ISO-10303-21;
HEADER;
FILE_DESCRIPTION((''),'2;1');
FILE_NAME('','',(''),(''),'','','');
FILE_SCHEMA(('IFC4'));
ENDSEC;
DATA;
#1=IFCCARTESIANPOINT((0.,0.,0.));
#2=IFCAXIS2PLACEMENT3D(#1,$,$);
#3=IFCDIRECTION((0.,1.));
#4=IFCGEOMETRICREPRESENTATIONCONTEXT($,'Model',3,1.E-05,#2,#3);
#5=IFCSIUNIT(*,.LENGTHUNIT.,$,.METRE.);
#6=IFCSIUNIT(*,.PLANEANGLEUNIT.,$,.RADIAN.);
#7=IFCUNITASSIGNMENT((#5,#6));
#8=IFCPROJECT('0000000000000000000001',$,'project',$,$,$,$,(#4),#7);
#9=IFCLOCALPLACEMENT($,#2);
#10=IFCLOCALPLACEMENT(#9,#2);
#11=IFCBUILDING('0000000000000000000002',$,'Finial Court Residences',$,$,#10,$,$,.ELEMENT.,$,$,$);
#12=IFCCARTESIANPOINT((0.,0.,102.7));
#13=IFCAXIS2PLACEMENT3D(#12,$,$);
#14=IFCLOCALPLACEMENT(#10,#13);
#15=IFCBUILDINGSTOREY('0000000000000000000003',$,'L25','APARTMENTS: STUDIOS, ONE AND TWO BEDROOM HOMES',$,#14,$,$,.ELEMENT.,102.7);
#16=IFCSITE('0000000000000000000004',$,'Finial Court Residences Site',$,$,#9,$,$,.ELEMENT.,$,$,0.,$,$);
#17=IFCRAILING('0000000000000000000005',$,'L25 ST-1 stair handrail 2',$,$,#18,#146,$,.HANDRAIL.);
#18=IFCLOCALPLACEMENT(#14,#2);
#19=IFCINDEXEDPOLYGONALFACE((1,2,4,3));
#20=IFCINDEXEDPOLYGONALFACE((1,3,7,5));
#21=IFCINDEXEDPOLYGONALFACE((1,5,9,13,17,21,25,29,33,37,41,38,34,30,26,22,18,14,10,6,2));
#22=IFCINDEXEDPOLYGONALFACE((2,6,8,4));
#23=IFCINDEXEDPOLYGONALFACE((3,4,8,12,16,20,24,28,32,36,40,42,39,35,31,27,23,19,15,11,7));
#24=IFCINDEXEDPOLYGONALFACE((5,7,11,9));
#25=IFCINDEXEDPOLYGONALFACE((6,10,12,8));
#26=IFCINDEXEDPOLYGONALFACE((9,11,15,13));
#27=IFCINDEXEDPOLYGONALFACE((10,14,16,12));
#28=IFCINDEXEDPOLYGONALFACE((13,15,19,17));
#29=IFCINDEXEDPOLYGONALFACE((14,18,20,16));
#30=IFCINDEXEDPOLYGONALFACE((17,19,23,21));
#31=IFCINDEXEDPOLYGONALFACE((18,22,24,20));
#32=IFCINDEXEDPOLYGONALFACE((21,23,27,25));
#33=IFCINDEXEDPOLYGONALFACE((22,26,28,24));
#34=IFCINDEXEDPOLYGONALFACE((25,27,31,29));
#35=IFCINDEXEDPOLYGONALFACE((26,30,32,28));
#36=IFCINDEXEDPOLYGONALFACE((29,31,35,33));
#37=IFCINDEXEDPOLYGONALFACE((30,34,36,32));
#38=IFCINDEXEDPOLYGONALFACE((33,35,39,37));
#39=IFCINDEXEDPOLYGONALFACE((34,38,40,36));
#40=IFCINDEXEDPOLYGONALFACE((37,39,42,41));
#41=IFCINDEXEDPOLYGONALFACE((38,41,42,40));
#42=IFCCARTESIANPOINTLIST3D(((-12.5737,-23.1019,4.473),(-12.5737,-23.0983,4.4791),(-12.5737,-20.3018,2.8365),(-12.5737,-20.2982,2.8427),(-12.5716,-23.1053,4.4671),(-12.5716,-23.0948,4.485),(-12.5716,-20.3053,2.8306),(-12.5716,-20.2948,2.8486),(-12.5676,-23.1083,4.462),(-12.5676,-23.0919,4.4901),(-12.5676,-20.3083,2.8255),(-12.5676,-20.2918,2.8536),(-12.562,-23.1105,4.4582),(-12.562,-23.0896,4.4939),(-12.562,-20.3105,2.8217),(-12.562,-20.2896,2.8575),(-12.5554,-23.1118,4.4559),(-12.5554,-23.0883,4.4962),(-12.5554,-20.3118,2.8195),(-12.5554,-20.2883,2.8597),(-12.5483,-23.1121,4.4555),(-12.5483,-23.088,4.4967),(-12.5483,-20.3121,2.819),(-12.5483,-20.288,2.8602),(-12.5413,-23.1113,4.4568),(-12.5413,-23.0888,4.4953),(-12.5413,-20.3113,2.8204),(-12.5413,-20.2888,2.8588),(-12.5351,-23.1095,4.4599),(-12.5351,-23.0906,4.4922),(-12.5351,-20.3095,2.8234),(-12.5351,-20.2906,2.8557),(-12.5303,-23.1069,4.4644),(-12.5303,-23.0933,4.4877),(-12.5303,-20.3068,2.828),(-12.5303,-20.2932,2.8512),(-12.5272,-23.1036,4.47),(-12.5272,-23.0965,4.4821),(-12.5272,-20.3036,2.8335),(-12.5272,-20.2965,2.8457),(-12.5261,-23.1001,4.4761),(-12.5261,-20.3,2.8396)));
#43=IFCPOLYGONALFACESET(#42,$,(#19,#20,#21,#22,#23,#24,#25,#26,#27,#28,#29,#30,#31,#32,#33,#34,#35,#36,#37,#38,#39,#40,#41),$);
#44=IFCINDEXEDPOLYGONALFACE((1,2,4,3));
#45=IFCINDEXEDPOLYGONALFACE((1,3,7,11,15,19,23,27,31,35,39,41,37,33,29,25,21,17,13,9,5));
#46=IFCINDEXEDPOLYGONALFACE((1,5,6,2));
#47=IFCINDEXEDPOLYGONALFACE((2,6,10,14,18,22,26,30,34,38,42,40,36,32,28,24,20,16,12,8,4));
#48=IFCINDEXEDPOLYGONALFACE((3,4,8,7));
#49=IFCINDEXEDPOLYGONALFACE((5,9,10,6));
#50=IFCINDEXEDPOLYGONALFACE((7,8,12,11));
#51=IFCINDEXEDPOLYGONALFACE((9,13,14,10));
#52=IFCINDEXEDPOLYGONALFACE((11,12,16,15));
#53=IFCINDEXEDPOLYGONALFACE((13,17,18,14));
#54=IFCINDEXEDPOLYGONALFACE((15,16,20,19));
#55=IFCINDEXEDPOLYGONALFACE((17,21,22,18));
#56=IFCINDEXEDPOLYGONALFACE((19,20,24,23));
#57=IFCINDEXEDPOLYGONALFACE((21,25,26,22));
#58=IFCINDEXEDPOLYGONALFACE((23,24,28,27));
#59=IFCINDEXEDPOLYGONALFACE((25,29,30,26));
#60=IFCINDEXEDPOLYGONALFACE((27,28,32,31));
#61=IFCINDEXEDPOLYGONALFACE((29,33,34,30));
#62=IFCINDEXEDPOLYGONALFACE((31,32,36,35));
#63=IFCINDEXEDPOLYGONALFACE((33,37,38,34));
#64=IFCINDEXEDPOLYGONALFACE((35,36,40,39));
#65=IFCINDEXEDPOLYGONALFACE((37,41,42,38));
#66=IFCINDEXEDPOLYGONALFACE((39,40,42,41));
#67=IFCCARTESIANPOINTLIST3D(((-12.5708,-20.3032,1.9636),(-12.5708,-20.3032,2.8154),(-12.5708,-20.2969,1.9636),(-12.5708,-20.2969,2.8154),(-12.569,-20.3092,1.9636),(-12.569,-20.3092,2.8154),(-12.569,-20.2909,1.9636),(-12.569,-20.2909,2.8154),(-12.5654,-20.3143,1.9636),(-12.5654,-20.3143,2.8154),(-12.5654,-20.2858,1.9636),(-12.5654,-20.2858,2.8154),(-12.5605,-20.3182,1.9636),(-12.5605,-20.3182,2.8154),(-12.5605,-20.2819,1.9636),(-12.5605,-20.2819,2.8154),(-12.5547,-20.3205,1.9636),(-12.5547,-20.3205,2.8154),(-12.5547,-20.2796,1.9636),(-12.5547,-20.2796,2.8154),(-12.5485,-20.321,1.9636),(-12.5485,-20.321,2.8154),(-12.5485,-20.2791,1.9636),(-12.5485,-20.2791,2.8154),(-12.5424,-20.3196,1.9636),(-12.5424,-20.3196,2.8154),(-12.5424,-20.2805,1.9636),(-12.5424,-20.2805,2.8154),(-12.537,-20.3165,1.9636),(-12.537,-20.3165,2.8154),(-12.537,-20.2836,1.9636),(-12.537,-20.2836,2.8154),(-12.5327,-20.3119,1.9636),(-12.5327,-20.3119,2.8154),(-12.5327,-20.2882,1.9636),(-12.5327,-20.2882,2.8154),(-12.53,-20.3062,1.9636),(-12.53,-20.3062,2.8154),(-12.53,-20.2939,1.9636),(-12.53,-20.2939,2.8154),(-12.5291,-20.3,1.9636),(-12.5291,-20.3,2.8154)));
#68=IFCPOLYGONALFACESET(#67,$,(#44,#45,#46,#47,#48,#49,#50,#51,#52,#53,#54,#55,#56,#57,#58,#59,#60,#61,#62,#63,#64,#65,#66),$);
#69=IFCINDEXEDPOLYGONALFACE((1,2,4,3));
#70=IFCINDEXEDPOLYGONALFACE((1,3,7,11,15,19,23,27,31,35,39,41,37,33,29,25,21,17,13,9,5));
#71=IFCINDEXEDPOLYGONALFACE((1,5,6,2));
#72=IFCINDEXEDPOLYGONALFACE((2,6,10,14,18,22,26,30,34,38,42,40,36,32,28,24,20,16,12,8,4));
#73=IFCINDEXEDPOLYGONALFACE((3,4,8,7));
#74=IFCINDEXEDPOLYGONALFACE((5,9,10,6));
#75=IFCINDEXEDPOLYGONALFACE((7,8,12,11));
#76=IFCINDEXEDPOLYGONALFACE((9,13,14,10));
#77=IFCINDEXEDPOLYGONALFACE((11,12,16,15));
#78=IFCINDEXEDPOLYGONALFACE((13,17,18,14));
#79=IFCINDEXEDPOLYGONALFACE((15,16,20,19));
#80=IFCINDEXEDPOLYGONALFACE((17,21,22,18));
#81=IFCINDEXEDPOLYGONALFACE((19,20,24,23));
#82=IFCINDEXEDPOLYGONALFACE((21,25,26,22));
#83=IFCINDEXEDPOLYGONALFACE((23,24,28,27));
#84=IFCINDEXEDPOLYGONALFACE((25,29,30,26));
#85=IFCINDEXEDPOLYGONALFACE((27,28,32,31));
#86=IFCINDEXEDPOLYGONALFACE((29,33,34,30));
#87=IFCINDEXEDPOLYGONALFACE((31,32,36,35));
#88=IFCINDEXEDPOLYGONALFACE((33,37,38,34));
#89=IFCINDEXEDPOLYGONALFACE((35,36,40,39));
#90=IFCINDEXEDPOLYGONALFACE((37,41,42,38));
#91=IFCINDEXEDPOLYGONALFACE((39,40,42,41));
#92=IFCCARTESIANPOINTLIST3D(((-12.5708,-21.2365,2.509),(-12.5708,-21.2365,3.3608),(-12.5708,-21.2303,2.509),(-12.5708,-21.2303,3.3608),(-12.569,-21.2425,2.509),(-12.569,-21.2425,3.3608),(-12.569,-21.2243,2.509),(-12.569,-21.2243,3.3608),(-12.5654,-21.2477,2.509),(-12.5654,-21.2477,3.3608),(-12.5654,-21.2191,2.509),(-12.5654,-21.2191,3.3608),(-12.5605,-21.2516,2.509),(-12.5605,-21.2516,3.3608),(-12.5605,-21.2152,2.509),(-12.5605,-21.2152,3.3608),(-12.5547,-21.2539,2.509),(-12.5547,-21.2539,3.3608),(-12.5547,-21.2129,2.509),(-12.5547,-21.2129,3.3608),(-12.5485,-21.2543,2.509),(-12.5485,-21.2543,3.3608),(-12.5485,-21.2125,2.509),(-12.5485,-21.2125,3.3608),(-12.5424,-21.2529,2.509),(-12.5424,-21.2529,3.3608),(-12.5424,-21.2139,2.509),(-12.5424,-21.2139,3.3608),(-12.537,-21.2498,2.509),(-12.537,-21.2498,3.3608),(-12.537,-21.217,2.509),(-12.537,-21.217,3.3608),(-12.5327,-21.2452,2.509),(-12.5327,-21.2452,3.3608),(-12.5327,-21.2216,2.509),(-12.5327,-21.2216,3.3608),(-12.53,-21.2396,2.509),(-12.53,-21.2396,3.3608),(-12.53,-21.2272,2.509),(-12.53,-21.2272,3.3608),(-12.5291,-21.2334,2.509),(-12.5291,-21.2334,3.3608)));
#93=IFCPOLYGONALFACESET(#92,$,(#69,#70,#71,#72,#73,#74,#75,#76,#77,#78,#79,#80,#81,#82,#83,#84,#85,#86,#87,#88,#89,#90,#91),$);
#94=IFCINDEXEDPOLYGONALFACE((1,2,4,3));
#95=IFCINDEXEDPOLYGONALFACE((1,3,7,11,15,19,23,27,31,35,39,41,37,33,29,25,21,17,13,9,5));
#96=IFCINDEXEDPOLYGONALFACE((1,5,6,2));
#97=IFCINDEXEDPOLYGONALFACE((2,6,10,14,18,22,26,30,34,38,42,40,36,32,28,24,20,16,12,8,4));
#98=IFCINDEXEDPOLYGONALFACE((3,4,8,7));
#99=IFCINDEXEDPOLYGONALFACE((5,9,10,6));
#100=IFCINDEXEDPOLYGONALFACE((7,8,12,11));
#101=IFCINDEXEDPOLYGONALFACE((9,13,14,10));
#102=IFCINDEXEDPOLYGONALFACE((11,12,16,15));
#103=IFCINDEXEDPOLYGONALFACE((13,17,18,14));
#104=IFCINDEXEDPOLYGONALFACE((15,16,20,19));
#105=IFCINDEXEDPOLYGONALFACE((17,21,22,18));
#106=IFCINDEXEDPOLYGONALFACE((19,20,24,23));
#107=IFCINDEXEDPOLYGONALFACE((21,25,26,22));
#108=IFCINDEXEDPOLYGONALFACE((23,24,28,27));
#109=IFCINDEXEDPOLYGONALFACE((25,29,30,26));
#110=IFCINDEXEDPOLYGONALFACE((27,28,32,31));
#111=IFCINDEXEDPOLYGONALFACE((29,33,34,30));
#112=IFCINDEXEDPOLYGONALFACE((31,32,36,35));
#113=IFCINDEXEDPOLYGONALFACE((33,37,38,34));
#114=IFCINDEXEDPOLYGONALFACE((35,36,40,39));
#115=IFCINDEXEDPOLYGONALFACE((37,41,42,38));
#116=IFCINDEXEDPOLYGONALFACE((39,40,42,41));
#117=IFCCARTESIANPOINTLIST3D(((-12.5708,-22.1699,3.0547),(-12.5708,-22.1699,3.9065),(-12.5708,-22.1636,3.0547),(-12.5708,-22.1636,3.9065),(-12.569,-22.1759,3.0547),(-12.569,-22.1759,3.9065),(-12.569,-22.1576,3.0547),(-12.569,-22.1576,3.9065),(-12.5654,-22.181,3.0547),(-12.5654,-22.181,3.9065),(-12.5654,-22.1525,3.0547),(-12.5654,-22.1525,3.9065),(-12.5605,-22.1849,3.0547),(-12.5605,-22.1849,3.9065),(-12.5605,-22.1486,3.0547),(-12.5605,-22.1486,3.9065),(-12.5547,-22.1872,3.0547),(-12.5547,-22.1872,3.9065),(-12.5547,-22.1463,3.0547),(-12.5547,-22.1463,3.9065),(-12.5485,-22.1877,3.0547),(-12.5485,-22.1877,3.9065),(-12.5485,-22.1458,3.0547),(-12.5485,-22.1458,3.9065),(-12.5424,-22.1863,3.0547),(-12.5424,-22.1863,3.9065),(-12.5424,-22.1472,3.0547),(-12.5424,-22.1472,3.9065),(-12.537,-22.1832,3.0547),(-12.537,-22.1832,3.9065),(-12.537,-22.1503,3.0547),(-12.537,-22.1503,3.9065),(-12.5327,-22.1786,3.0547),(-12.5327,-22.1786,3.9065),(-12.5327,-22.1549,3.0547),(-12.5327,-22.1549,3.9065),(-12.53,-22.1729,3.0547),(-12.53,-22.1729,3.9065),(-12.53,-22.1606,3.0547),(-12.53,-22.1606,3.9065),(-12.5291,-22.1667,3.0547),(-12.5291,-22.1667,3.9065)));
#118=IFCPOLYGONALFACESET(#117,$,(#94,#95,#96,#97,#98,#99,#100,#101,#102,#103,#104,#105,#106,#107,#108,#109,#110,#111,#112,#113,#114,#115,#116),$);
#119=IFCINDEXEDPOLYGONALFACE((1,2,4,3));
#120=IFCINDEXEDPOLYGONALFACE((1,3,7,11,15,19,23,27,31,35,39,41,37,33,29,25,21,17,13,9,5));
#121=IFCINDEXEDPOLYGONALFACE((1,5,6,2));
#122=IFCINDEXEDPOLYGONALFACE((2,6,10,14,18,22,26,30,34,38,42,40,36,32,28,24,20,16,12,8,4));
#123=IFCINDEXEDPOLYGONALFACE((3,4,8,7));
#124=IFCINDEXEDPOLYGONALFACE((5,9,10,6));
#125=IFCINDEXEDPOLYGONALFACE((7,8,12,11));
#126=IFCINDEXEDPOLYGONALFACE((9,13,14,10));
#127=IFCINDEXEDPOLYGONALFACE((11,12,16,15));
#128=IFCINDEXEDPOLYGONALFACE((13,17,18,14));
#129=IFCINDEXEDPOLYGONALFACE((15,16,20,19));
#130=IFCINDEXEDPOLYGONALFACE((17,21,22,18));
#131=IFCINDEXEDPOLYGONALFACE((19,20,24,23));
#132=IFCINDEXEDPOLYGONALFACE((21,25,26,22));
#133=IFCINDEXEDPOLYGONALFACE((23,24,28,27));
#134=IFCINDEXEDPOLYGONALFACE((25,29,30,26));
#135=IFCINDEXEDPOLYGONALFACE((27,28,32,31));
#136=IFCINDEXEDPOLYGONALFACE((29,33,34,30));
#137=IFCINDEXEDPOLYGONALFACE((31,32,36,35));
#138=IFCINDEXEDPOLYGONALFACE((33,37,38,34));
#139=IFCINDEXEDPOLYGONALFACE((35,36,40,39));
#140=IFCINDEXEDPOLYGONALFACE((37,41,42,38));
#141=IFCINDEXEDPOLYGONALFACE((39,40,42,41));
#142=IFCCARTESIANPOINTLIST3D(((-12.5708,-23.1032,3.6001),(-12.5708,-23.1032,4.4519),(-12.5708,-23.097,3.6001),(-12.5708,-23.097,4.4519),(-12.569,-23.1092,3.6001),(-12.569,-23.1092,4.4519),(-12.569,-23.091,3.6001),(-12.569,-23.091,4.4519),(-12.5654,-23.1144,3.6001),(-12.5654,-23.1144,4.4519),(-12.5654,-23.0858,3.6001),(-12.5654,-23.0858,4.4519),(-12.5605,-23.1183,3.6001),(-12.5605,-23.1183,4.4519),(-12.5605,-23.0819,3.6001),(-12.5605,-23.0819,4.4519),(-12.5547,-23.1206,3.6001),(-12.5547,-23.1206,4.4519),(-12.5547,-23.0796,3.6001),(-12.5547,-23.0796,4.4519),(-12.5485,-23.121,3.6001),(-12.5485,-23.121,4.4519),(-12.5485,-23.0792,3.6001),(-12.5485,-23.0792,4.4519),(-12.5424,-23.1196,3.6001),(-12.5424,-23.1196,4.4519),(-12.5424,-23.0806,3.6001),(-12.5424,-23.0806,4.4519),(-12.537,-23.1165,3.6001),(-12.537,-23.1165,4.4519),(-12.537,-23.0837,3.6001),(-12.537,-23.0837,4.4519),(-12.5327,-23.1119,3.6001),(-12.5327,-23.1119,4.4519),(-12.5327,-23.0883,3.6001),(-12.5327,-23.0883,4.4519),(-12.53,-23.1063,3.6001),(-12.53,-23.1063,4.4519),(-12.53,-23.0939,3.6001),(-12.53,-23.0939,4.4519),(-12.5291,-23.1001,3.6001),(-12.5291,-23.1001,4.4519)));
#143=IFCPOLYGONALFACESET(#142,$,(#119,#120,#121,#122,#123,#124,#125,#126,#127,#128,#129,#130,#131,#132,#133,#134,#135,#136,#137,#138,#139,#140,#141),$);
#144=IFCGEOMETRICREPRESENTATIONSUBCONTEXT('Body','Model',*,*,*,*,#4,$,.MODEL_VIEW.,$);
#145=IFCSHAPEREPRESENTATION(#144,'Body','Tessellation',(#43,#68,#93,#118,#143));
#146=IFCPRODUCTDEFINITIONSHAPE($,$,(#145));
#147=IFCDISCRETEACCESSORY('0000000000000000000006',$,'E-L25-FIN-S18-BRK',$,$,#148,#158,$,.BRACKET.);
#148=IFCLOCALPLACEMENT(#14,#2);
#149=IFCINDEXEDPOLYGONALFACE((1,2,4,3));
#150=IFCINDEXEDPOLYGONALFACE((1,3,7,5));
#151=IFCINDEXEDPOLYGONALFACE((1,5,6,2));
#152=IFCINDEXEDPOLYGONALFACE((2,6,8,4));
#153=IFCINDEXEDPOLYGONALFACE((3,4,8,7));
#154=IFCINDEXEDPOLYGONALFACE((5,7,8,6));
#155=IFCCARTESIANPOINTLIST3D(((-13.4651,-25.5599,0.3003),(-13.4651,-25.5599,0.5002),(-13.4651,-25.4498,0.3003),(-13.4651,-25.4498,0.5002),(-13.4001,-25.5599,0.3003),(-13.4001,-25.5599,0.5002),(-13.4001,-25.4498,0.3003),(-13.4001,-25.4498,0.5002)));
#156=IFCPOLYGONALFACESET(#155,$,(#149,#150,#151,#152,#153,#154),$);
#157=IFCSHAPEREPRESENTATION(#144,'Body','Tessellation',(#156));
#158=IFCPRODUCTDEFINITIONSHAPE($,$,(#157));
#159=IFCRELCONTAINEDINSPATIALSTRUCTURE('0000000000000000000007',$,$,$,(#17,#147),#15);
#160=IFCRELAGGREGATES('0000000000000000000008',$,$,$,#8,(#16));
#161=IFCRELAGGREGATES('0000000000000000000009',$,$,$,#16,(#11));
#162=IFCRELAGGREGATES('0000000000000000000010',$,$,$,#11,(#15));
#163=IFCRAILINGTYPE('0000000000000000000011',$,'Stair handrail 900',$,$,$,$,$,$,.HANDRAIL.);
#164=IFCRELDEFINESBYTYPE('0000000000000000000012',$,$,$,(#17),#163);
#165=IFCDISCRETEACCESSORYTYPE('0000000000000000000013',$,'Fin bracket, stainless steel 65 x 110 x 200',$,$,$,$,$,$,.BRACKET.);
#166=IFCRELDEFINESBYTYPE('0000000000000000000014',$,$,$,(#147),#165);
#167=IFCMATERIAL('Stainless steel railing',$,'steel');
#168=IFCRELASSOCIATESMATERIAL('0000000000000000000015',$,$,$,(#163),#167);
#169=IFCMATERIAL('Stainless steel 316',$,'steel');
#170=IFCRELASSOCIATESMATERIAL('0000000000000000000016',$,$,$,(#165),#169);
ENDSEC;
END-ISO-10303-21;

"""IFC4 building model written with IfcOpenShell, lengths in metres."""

from ifc_helpers import new_model, si_unit, direction, frame, origin, origin_2d, place, context, subcontext, project, spatial, rectangle, circle, extrude, material, type_object, element, save


model = new_model("IFC4")

# Units and contexts
model_context = context("Model", 3, precision=1e-05, world=origin(), true_north=direction((0.0, 1.0)))
body_context = subcontext(model_context, "Body", "Model", "MODEL_VIEW")
ifc_project = project(units=[si_unit("LENGTHUNIT", "METRE"), si_unit("PLANEANGLEUNIT", "RADIAN")], contexts=[model_context])

# Site, building, storey
site_placement = place(None, origin())
site = spatial("IfcSite", under=ifc_project, at=site_placement, Name="Finial Court Residences Site", CompositionType="ELEMENT", RefElevation=0.0)
building_placement = place(site_placement, origin())
building = spatial("IfcBuilding", under=site, at=building_placement, Name="Finial Court Residences", CompositionType="ELEMENT")
storey_placement = place(building_placement, frame((0.0, 0.0, 102.7)))
storey = spatial("IfcBuildingStorey", under=building, at=storey_placement, Name="L25", Description="APARTMENTS: STUDIOS, ONE AND TWO BEDROOM HOMES", CompositionType="ELEMENT", Elevation=102.7)

# Railing
ifc_material_1 = material(Name="Stainless steel railing", Category="steel")
railing_type_1 = type_object("IfcRailingType", Name="Stair handrail 900", PredefinedType="HANDRAIL", material=ifc_material_1)
railing_1_placement = place(storey_placement, frame((-12.55, -20.3, 1.9636)))
element("IfcRailing", 1, at=railing_1_placement, inside=storey, type_object=railing_type_1, Name="L25 ST-1 stair handrail 2", PredefinedType="HANDRAIL", context=body_context, shape_type="SweptSolid", body=[
    extrude(circle(Radius=0.0239, at=origin_2d()), frame((0.0, 0.0, 0.876), z_axis=(0.0, -0.863361, 0.504587), x_axis=(1.0, 0.0, 0.0)), (0.0, 0.0, 1.0), 3.2432),
    extrude(circle(Radius=0.021, at=origin_2d()), origin(), (0.0, 0.0, 1.0), 0.8518),
    extrude(circle(Radius=0.021, at=origin_2d()), frame((0.0, -0.9333, 0.5454)), (0.0, 0.0, 1.0), 0.8518),
    extrude(circle(Radius=0.021, at=origin_2d()), frame((0.0, -1.8667, 1.0911)), (0.0, 0.0, 1.0), 0.8518),
    extrude(circle(Radius=0.021, at=origin_2d()), frame((0.0, -2.8, 1.6365)), (0.0, 0.0, 1.0), 0.8518),
])

# Discrete accessory
ifc_material_2 = material(Name="Stainless steel 316", Category="steel")
discrete_accessory_type = type_object("IfcDiscreteAccessoryType", Name="Fin bracket, stainless steel 65 x 110 x 200", PredefinedType="BRACKET", material=ifc_material_2)
discrete_accessory_placement = place(storey_placement, frame((-13.4326, -25.5049, 0.3003), z_axis=(0.0, 0.0, 1.0), x_axis=(1.0, 0.0, 0.0)))
element("IfcDiscreteAccessory", 2, at=discrete_accessory_placement, inside=storey, type_object=discrete_accessory_type, Name="E-L25-FIN-S18-BRK", PredefinedType="BRACKET", context=body_context, shape_type="SweptSolid", body=[
    extrude(rectangle(XDim=0.0649, YDim=0.1101, at=origin_2d()), origin(), (0.0, 0.0, 1.0), 0.2),
])

save(model, "model.ifc")
